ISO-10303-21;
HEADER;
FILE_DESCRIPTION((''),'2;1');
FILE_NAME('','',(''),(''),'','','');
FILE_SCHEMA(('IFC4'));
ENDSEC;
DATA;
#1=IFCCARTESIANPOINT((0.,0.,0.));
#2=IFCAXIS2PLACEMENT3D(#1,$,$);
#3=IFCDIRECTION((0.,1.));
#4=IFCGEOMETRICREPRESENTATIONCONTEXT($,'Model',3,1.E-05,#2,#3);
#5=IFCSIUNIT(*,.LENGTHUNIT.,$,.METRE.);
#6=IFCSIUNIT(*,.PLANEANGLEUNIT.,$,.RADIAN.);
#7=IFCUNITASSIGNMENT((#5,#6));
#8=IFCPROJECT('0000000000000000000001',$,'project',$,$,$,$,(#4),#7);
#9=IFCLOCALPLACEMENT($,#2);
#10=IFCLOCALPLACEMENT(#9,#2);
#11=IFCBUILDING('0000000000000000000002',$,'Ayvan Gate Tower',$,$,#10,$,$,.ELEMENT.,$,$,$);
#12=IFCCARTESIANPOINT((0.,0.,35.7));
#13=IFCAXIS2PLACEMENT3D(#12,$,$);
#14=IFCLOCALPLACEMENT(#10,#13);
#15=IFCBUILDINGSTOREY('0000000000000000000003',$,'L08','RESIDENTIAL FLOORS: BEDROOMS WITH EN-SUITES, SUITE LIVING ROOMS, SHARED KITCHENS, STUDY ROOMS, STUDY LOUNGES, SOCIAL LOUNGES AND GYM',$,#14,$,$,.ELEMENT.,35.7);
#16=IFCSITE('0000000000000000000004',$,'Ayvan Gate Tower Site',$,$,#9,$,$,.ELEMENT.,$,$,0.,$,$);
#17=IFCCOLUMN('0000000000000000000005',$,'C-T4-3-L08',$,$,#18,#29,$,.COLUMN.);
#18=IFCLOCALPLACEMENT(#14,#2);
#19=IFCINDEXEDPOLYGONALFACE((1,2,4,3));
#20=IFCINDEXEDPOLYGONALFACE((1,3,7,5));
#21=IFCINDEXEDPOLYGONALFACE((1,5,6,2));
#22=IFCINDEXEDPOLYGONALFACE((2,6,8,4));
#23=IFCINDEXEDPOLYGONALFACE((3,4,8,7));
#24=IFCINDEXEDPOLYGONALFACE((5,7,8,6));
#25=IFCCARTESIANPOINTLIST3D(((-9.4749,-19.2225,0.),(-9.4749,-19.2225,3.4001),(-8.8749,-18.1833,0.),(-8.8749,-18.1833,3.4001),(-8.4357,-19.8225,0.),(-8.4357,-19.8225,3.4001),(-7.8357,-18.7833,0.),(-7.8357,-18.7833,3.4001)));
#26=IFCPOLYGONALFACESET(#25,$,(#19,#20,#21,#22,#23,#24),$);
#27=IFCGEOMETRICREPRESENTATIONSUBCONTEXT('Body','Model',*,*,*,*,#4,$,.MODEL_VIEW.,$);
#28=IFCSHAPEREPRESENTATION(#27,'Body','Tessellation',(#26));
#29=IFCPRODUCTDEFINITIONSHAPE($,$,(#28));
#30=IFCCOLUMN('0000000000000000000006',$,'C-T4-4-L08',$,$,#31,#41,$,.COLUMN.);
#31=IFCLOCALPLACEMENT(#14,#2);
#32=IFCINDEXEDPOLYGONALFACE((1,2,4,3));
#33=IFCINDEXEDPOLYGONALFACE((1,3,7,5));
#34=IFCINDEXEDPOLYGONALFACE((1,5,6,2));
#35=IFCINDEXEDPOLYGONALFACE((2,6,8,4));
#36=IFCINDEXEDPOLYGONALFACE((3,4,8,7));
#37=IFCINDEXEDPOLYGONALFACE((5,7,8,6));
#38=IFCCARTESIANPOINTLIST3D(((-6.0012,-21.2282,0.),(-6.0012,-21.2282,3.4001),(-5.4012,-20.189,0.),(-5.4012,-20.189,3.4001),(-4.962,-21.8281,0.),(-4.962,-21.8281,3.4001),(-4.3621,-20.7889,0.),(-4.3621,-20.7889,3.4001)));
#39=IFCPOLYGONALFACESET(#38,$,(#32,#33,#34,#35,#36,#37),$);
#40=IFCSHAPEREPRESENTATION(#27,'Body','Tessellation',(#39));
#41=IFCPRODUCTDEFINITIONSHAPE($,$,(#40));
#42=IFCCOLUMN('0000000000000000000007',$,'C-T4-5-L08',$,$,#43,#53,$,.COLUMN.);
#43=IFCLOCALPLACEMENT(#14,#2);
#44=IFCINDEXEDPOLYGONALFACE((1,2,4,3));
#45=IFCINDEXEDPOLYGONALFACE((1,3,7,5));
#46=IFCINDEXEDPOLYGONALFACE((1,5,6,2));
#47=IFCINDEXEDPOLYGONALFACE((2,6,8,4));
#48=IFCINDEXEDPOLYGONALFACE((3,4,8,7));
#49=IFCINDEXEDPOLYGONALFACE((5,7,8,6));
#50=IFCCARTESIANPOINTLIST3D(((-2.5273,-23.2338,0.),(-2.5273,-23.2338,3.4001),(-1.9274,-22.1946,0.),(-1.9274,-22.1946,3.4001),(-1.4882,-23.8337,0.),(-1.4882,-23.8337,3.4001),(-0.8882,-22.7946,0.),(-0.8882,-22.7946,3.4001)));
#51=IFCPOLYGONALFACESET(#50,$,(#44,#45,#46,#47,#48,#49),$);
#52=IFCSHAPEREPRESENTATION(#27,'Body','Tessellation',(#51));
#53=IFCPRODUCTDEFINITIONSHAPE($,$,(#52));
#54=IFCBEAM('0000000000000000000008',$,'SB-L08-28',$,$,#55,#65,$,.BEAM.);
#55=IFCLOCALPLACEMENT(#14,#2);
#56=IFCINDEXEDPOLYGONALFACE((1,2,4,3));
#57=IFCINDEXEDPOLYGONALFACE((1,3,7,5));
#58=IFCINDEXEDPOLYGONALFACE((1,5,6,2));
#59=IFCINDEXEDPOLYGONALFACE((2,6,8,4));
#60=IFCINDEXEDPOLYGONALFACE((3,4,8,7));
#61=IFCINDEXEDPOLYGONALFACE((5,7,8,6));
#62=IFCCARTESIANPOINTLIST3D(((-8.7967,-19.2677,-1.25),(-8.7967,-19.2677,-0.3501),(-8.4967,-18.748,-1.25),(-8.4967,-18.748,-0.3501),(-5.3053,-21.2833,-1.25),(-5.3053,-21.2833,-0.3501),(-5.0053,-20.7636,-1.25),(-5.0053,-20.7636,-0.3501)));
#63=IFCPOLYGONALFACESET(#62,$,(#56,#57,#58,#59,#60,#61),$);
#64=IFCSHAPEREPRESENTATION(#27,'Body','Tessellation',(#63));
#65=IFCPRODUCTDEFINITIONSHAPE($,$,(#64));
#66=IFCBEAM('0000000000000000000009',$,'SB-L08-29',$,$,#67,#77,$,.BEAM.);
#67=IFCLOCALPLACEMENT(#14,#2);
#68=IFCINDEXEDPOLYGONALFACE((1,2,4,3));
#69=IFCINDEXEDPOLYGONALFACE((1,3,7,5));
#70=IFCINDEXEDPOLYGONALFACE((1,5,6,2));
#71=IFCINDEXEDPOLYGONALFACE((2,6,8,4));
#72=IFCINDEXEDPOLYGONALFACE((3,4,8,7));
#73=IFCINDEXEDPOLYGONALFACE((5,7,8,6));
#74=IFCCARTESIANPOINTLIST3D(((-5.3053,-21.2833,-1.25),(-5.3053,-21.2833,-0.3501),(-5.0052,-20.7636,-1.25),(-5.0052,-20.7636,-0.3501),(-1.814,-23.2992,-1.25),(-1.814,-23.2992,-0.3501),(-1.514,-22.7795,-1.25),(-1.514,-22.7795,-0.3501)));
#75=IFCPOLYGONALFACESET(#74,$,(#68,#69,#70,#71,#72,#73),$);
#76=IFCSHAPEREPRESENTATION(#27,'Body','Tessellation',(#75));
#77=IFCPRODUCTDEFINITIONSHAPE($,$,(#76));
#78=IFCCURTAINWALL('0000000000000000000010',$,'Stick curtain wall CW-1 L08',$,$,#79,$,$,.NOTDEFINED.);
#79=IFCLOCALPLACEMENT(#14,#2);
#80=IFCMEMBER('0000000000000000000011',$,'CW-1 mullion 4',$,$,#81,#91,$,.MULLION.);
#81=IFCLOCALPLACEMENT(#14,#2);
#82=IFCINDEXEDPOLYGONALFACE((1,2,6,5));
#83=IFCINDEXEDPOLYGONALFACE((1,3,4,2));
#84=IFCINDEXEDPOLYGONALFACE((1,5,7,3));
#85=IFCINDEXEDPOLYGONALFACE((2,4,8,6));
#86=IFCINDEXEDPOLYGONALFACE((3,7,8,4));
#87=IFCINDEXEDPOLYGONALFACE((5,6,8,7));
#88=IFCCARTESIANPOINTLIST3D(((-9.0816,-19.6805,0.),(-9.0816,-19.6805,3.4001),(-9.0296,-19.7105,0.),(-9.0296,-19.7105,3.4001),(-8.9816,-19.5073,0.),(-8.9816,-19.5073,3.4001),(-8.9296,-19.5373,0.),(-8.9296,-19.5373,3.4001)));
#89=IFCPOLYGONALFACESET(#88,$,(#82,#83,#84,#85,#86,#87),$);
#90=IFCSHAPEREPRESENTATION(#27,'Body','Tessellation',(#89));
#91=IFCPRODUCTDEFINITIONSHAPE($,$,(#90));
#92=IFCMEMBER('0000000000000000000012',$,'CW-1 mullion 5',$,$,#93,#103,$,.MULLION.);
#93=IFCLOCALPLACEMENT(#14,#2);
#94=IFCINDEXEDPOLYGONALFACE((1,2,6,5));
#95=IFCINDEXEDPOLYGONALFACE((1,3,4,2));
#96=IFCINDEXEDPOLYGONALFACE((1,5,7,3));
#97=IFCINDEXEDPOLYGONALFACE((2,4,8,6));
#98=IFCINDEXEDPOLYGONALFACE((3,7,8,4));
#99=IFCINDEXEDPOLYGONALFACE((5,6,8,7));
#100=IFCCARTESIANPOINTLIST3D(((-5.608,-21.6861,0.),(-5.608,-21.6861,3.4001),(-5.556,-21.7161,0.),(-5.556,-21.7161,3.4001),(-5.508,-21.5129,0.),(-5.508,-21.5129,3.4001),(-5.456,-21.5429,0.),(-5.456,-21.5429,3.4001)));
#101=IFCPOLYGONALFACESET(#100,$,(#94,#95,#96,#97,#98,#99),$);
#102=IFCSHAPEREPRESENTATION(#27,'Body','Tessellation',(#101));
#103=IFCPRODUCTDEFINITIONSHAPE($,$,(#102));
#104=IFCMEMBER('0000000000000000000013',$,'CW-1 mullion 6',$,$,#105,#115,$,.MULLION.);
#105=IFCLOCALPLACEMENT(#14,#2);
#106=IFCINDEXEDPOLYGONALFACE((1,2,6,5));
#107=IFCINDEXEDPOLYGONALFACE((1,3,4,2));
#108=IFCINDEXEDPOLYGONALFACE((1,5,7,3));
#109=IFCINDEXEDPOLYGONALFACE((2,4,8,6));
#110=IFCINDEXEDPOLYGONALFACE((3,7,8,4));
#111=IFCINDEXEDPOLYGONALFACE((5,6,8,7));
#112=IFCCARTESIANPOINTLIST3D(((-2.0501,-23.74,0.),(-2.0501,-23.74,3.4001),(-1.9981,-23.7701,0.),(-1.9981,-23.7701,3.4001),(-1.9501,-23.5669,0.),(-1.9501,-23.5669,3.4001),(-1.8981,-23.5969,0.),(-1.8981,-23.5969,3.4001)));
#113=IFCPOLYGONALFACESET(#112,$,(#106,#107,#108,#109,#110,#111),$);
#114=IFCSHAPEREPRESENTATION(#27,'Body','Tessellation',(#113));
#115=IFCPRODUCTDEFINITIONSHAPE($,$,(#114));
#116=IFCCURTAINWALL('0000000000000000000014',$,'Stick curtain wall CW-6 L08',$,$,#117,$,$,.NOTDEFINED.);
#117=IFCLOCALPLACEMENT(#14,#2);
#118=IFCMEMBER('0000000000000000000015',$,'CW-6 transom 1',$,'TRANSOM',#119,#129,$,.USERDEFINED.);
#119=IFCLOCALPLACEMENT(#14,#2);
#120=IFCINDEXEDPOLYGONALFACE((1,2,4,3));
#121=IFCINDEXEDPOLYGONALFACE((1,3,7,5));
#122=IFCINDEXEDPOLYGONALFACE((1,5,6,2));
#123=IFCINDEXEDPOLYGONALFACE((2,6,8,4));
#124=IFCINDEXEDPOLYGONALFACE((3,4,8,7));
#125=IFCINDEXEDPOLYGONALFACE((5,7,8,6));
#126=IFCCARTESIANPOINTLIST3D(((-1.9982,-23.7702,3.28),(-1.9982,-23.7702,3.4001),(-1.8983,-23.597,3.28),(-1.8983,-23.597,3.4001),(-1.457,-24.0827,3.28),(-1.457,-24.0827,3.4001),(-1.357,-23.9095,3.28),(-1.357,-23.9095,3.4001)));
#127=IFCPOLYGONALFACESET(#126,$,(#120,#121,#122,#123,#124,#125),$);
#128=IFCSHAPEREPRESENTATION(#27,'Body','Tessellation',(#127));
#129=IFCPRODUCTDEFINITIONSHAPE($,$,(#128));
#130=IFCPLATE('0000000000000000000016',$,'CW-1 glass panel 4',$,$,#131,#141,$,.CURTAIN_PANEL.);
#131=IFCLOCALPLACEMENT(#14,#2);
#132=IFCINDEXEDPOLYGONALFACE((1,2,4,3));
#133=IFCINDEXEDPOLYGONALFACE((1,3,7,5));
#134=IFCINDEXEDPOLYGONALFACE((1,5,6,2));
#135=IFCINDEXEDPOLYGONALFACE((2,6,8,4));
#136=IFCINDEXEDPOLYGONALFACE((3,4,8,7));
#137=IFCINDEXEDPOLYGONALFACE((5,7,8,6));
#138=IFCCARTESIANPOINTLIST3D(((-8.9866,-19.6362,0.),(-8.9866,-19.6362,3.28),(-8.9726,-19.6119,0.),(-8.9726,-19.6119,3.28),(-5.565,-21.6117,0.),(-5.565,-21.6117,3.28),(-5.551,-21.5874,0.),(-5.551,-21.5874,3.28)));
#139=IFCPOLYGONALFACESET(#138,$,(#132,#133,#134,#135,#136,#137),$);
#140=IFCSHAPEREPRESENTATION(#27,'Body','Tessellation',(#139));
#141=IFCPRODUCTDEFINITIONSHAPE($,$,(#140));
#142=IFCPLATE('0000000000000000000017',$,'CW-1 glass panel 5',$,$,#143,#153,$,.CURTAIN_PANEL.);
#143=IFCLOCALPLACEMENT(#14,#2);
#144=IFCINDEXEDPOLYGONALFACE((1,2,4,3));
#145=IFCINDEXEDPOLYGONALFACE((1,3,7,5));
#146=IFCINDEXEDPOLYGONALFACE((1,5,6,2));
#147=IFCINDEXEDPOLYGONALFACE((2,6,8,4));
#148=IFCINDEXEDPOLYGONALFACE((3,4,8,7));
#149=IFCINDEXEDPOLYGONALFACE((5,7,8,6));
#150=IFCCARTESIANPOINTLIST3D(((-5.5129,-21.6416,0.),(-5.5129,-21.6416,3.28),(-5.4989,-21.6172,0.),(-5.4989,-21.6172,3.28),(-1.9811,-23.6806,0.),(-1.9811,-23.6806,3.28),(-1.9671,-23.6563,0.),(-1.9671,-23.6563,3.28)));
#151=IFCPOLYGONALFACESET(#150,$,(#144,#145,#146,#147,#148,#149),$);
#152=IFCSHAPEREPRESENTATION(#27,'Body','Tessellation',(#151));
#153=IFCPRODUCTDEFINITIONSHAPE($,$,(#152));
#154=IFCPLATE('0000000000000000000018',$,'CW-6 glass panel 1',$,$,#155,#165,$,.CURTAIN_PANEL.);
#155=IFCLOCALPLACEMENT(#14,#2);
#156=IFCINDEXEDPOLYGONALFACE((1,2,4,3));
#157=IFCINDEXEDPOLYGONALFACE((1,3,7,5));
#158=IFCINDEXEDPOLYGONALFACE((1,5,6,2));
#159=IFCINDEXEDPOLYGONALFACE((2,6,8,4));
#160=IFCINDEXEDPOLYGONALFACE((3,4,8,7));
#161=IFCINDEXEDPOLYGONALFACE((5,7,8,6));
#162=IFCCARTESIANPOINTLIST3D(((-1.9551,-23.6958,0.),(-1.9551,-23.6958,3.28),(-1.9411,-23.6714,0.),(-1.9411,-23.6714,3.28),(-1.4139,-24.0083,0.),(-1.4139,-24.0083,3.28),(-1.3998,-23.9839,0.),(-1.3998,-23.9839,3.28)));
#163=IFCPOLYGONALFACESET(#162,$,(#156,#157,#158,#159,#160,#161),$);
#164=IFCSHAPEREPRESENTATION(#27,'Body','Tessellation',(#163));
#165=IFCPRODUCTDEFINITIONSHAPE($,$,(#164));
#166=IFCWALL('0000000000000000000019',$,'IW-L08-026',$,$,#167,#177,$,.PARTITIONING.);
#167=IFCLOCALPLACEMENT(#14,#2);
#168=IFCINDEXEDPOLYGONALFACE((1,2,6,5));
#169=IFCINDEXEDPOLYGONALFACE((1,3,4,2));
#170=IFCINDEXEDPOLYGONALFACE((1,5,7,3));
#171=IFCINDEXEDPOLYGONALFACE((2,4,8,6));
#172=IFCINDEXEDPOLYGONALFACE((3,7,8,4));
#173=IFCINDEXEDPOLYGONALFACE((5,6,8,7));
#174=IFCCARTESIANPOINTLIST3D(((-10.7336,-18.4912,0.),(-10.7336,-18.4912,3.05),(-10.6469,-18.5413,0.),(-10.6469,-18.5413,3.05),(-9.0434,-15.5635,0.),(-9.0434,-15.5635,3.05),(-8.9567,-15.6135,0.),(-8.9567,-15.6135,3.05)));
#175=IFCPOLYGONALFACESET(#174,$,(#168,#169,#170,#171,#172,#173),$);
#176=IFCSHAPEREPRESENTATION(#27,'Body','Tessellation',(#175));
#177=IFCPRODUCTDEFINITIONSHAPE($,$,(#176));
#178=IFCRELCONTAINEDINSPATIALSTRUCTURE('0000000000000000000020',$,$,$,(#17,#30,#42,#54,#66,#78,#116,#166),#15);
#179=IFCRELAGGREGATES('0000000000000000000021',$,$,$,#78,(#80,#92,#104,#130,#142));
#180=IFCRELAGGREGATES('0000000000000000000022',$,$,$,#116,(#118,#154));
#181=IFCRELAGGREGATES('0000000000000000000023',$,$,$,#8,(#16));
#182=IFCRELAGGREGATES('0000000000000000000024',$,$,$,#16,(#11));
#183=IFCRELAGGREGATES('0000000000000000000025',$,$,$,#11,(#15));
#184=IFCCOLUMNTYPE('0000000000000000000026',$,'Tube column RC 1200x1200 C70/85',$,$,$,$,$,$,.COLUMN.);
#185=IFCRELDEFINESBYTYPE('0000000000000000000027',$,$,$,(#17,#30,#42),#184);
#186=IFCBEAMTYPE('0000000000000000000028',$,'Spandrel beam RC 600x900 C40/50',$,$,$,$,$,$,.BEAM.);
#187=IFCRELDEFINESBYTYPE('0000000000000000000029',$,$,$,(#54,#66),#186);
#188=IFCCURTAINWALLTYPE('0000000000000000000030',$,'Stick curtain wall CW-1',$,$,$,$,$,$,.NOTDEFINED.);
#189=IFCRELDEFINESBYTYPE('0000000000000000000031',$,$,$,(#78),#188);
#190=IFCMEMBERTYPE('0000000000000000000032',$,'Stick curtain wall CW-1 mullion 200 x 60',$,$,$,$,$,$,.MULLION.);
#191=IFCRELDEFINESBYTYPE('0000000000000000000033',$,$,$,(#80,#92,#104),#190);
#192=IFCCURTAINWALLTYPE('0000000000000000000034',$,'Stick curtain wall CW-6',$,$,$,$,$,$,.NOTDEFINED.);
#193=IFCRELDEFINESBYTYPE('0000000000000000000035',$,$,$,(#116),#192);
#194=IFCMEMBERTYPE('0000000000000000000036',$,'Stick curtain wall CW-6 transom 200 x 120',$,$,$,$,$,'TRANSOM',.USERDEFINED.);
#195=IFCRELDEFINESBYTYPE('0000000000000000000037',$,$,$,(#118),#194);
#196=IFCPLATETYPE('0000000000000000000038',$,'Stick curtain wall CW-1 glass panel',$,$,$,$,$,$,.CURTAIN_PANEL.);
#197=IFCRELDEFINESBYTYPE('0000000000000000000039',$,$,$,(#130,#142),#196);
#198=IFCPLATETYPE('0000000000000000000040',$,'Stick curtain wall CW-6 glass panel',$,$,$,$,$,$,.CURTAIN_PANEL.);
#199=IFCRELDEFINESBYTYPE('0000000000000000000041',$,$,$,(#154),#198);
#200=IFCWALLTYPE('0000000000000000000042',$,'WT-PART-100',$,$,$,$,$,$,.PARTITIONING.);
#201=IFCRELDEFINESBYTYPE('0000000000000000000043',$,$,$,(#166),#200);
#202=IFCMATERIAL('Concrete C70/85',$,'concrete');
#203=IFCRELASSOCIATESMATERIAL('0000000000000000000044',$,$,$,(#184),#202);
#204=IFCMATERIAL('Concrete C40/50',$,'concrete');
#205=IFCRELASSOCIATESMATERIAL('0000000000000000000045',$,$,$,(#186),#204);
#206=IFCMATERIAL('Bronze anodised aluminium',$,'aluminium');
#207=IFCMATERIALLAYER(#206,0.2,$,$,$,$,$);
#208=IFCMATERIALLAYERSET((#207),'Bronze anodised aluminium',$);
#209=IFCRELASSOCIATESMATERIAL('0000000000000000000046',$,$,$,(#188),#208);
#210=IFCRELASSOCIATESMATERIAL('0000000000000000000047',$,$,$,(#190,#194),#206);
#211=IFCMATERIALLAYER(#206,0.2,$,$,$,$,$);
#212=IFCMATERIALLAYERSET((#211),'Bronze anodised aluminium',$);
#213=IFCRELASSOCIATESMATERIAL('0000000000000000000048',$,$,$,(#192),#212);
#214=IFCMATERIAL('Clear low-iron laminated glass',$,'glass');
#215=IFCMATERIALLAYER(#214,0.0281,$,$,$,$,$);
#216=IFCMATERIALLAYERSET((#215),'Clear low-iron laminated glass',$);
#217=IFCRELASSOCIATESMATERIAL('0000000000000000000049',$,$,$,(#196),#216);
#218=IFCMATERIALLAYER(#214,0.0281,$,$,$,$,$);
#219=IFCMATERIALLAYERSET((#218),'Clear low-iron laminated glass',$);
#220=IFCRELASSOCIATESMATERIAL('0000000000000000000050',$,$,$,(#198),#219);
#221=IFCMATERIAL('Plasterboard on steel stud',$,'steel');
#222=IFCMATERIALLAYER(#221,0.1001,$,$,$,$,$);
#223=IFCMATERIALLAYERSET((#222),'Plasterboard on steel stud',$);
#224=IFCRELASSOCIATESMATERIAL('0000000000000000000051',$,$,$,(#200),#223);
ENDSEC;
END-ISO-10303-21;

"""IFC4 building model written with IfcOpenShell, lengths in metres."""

from ifc_helpers import new_model, si_unit, direction, frame, frame_2d, origin, origin_2d, place, context, subcontext, project, spatial, rectangle, extrude, material, layer, layer_set, material_profile, profile_set, type_object, element, aggregate, save


model = new_model("IFC4")

# Units and contexts
model_context = context("Model", 3, precision=1e-05, world=origin(), true_north=direction((0.0, 1.0)))
body_context = subcontext(model_context, "Body", "Model", "MODEL_VIEW")
ifc_project = project(units=[si_unit("LENGTHUNIT", "METRE"), si_unit("PLANEANGLEUNIT", "RADIAN")], contexts=[model_context])

# Site, building, storey
site_placement = place(None, origin())
site = spatial("IfcSite", under=ifc_project, at=site_placement, Name="Ayvan Gate Tower Site", CompositionType="ELEMENT", RefElevation=0.0)
building_placement = place(site_placement, origin())
building = spatial("IfcBuilding", under=site, at=building_placement, Name="Ayvan Gate Tower", CompositionType="ELEMENT")
storey_placement = place(building_placement, frame((0.0, 0.0, 35.7)))
storey = spatial("IfcBuildingStorey", under=building, at=storey_placement, Name="L08", Description="RESIDENTIAL FLOORS: BEDROOMS WITH EN-SUITES, SUITE LIVING ROOMS, SHARED KITCHENS, STUDY ROOMS, STUDY LOUNGES, SOCIAL LOUNGES AND GYM", CompositionType="ELEMENT", Elevation=35.7)

# Columns
ifc_material_1 = material(Name="Concrete C70/85", Category="concrete")
ifc_material_profile_1 = material_profile(ifc_material_1, rectangle(XDim=1.2, YDim=1.2, at=origin_2d()), Name="RC 1200x1200")
ifc_profile_set_1 = profile_set([ifc_material_profile_1], Name="Concrete C70/85")
column_type = type_object("IfcColumnType", Name="Tube column RC 1200x1200 C70/85", PredefinedType="COLUMN", material=ifc_profile_set_1)
for number, where, z_axis, x_axis, name in (
    (1, (-8.6553, -19.0029, 0.0), (0.0, 0.0, 1.0), (-0.5, -0.866025, 0.0), "C-T4-3-L08"),
    (2, (-5.1816, -21.0085, 0.0), (0.0, 0.0, 1.0), (-0.5, -0.866025, 0.0), "C-T4-4-L08"),
    (3, (-1.7078, -23.0142, 0.0), (0.0, 0.0, 1.0), (-0.5, -0.866025, 0.0), "C-T4-5-L08"),
):
    element("IfcColumn", number, at=place(storey_placement, frame(where, z_axis=z_axis, x_axis=x_axis)), inside=storey, type_object=column_type, Name=name, PredefinedType="COLUMN", context=body_context, shape_type="SweptSolid", body=[
        extrude(rectangle(XDim=1.2, YDim=1.2, at=origin_2d()), origin(), (0.0, 0.0, 1.0), 3.4001),
    ])

# Beams
ifc_material_2 = material(Name="Concrete C40/50", Category="concrete")
ifc_material_profile_2 = material_profile(ifc_material_2, rectangle(XDim=0.6001, YDim=0.8999, at=origin_2d()), Name="RC 600x900")
ifc_profile_set_2 = profile_set([ifc_material_profile_2], Name="Concrete C40/50")
beam_type = type_object("IfcBeamType", Name="Spandrel beam RC 600x900 C40/50", PredefinedType="BEAM", material=ifc_profile_set_2)
for number, where, z_axis, x_axis, name in (
    (4, (-8.6467, -19.0078, -0.8), (0.866043, -0.499969, 0.0), (0.499969, 0.866043, 0.0), "SB-L08-28"),
    (5, (-5.1553, -21.0234, -0.8), (0.866002, -0.50004, 0.0), (0.50004, 0.866002, 0.0), "SB-L08-29"),
):
    element("IfcBeam", number, at=place(storey_placement, frame(where, z_axis=z_axis, x_axis=x_axis)), inside=storey, type_object=beam_type, Name=name, PredefinedType="BEAM", context=body_context, shape_type="SweptSolid", body=[
        extrude(rectangle(XDim=0.6001, YDim=0.8999, at=origin_2d()), origin(), (0.0, 0.0, 1.0), 4.0315),
    ])

# Curtain wall, members
ifc_material_3 = material(Name="Bronze anodised aluminium", Category="aluminium")
ifc_layer_1 = layer(ifc_material_3, 0.2)
ifc_layer_set_1 = layer_set([ifc_layer_1], Name="Bronze anodised aluminium")
curtain_wall_type_1 = type_object("IfcCurtainWallType", Name="Stick curtain wall CW-1", PredefinedType="NOTDEFINED", material=ifc_layer_set_1)
curtain_wall_1_placement = place(storey_placement, origin())
curtain_wall_1 = element("IfcCurtainWall", 6, at=curtain_wall_1_placement, inside=storey, type_object=curtain_wall_type_1, Name="Stick curtain wall CW-1 L08", PredefinedType="NOTDEFINED")
ifc_material_profile_3 = material_profile(ifc_material_3, rectangle(XDim=0.2, YDim=0.0601, at=origin_2d()), Name="Stick curtain wall CW-1 mullion 200 x 60")
ifc_profile_set_3 = profile_set([ifc_material_profile_3], Name="Bronze anodised aluminium")
member_type_1 = type_object("IfcMemberType", Name="Stick curtain wall CW-1 mullion 200 x 60", PredefinedType="MULLION", material=ifc_profile_set_3)
member_1_placement = place(storey_placement, frame((-9.0056, -19.6089, 0.0), z_axis=(0.0, 0.0, 1.0), x_axis=(-0.5, -0.866025, 0.0)))
member_1 = element("IfcMember", 7, at=member_1_placement, type_object=member_type_1, Name="CW-1 mullion 4", PredefinedType="MULLION", context=body_context, shape_type="SweptSolid", body=[
    extrude(rectangle(XDim=0.2, YDim=0.0601, at=origin_2d()), origin(), (0.0, 0.0, 1.0), 3.4001),
])
member_2_placement = place(storey_placement, frame((-5.532, -21.6145, 0.0), z_axis=(0.0, 0.0, 1.0), x_axis=(-0.5, -0.866025, 0.0)))
member_2 = element("IfcMember", 8, at=member_2_placement, type_object=member_type_1, Name="CW-1 mullion 5", PredefinedType="MULLION", context=body_context, shape_type="SweptSolid", body=[
    extrude(rectangle(XDim=0.2, YDim=0.0601, at=origin_2d()), origin(), (0.0, 0.0, 1.0), 3.4001),
])
member_3_placement = place(storey_placement, frame((-1.9741, -23.6685, 0.0), z_axis=(0.0, 0.0, 1.0), x_axis=(-0.5, -0.866025, 0.0)))
member_3 = element("IfcMember", 9, at=member_3_placement, type_object=member_type_1, Name="CW-1 mullion 6", PredefinedType="MULLION", context=body_context, shape_type="SweptSolid", body=[
    extrude(rectangle(XDim=0.2, YDim=0.0601, at=origin_2d()), origin(), (0.0, 0.0, 1.0), 3.4001),
])

# Curtain wall, member
ifc_layer_2 = layer(ifc_material_3, 0.2)
ifc_layer_set_2 = layer_set([ifc_layer_2], Name="Bronze anodised aluminium")
curtain_wall_type_2 = type_object("IfcCurtainWallType", Name="Stick curtain wall CW-6", PredefinedType="NOTDEFINED", material=ifc_layer_set_2)
curtain_wall_2_placement = place(storey_placement, origin())
curtain_wall_2 = element("IfcCurtainWall", 10, at=curtain_wall_2_placement, inside=storey, type_object=curtain_wall_type_2, Name="Stick curtain wall CW-6 L08", PredefinedType="NOTDEFINED")
ifc_material_profile_4 = material_profile(ifc_material_3, rectangle(XDim=0.2, YDim=0.1201, at=origin_2d()), Name="Stick curtain wall CW-6 transom 200 x 120")
ifc_profile_set_4 = profile_set([ifc_material_profile_4], Name="Bronze anodised aluminium")
member_type_2 = type_object("IfcMemberType", Name="Stick curtain wall CW-6 transom 200 x 120", ElementType="TRANSOM", PredefinedType="USERDEFINED", material=ifc_profile_set_4)
member_4_placement = place(storey_placement, frame((-1.9482, -23.6836, 3.3401), z_axis=(0.866023, -0.500004, 0.0), x_axis=(0.500004, 0.866023, 0.0)))
member_4 = element("IfcMember", 11, at=member_4_placement, type_object=member_type_2, Name="CW-6 transom 1", ObjectType="TRANSOM", PredefinedType="USERDEFINED", context=body_context, shape_type="SweptSolid", body=[
    extrude(rectangle(XDim=0.2, YDim=0.1201, at=origin_2d()), origin(), (0.0, 0.0, 1.0), 0.625),
])

# Plates
ifc_material_4 = material(Name="Clear low-iron laminated glass", Category="glass")
ifc_layer_3 = layer(ifc_material_4, 0.0281)
ifc_layer_set_3 = layer_set([ifc_layer_3], Name="Clear low-iron laminated glass")
plate_type_1 = type_object("IfcPlateType", Name="Stick curtain wall CW-1 glass panel", PredefinedType="CURTAIN_PANEL", material=ifc_layer_set_3)
plate_1_placement = place(storey_placement, frame((-7.2688, -20.6118, 0.0), z_axis=(0.0, 0.0, 1.0), x_axis=(0.866025, -0.5, 0.0)))
plate_1 = element("IfcPlate", 12, at=plate_1_placement, type_object=plate_type_1, Name="CW-1 glass panel 4", PredefinedType="CURTAIN_PANEL", context=body_context, shape_type="SweptSolid", body=[
    extrude(rectangle(XDim=3.9509, YDim=0.0281, at=origin_2d()), origin(), (0.0, 0.0, 1.0), 3.28),
])
plate_2_placement = place(storey_placement, frame((-3.74, -22.6489, 0.0), z_axis=(0.0, 0.0, 1.0), x_axis=(0.866025, -0.5, 0.0)))
plate_2 = element("IfcPlate", 13, at=plate_2_placement, type_object=plate_type_1, Name="CW-1 glass panel 5", PredefinedType="CURTAIN_PANEL", context=body_context, shape_type="SweptSolid", body=[
    extrude(rectangle(XDim=4.0781, YDim=0.0281, at=origin_2d()), origin(), (0.0, 0.0, 1.0), 3.28),
])
aggregate(curtain_wall_1, [member_1, member_2, member_3, plate_1, plate_2])
ifc_layer_4 = layer(ifc_material_4, 0.0281)
ifc_layer_set_4 = layer_set([ifc_layer_4], Name="Clear low-iron laminated glass")
plate_type_2 = type_object("IfcPlateType", Name="Stick curtain wall CW-6 glass panel", PredefinedType="CURTAIN_PANEL", material=ifc_layer_set_4)
plate_3_placement = place(storey_placement, frame((-1.6775, -23.8398, 0.0), z_axis=(0.0, 0.0, 1.0), x_axis=(0.866025, -0.5, 0.0)))
plate_3 = element("IfcPlate", 14, at=plate_3_placement, type_object=plate_type_2, Name="CW-6 glass panel 1", PredefinedType="CURTAIN_PANEL", context=body_context, shape_type="SweptSolid", body=[
    extrude(rectangle(XDim=0.625, YDim=0.0281, at=origin_2d()), origin(), (0.0, 0.0, 1.0), 3.28),
])
aggregate(curtain_wall_2, [member_4, plate_3])

# Wall
ifc_material_5 = material(Name="Plasterboard on steel stud", Category="steel")
ifc_layer_5 = layer(ifc_material_5, 0.1001)
ifc_layer_set_5 = layer_set([ifc_layer_5], Name="Plasterboard on steel stud")
wall_type_1 = type_object("IfcWallType", Name="WT-PART-100", PredefinedType="PARTITIONING", material=ifc_layer_set_5)
wall_1_placement = place(storey_placement, frame((-9.0, -15.5884, 0.0), z_axis=(0.0, 0.0, 1.0), x_axis=(-0.499968, -0.866044, 0.0)))
element("IfcWall", 15, at=wall_1_placement, inside=storey, type_object=wall_type_1, Name="IW-L08-026", PredefinedType="PARTITIONING", context=body_context, shape_type="SweptSolid", body=[
    extrude(rectangle(XDim=3.3806, YDim=0.1001, at=frame_2d((1.6904, 0.0))), origin(), (0.0, 0.0, 1.0), 3.05),
])

save(model, "model.ifc")
